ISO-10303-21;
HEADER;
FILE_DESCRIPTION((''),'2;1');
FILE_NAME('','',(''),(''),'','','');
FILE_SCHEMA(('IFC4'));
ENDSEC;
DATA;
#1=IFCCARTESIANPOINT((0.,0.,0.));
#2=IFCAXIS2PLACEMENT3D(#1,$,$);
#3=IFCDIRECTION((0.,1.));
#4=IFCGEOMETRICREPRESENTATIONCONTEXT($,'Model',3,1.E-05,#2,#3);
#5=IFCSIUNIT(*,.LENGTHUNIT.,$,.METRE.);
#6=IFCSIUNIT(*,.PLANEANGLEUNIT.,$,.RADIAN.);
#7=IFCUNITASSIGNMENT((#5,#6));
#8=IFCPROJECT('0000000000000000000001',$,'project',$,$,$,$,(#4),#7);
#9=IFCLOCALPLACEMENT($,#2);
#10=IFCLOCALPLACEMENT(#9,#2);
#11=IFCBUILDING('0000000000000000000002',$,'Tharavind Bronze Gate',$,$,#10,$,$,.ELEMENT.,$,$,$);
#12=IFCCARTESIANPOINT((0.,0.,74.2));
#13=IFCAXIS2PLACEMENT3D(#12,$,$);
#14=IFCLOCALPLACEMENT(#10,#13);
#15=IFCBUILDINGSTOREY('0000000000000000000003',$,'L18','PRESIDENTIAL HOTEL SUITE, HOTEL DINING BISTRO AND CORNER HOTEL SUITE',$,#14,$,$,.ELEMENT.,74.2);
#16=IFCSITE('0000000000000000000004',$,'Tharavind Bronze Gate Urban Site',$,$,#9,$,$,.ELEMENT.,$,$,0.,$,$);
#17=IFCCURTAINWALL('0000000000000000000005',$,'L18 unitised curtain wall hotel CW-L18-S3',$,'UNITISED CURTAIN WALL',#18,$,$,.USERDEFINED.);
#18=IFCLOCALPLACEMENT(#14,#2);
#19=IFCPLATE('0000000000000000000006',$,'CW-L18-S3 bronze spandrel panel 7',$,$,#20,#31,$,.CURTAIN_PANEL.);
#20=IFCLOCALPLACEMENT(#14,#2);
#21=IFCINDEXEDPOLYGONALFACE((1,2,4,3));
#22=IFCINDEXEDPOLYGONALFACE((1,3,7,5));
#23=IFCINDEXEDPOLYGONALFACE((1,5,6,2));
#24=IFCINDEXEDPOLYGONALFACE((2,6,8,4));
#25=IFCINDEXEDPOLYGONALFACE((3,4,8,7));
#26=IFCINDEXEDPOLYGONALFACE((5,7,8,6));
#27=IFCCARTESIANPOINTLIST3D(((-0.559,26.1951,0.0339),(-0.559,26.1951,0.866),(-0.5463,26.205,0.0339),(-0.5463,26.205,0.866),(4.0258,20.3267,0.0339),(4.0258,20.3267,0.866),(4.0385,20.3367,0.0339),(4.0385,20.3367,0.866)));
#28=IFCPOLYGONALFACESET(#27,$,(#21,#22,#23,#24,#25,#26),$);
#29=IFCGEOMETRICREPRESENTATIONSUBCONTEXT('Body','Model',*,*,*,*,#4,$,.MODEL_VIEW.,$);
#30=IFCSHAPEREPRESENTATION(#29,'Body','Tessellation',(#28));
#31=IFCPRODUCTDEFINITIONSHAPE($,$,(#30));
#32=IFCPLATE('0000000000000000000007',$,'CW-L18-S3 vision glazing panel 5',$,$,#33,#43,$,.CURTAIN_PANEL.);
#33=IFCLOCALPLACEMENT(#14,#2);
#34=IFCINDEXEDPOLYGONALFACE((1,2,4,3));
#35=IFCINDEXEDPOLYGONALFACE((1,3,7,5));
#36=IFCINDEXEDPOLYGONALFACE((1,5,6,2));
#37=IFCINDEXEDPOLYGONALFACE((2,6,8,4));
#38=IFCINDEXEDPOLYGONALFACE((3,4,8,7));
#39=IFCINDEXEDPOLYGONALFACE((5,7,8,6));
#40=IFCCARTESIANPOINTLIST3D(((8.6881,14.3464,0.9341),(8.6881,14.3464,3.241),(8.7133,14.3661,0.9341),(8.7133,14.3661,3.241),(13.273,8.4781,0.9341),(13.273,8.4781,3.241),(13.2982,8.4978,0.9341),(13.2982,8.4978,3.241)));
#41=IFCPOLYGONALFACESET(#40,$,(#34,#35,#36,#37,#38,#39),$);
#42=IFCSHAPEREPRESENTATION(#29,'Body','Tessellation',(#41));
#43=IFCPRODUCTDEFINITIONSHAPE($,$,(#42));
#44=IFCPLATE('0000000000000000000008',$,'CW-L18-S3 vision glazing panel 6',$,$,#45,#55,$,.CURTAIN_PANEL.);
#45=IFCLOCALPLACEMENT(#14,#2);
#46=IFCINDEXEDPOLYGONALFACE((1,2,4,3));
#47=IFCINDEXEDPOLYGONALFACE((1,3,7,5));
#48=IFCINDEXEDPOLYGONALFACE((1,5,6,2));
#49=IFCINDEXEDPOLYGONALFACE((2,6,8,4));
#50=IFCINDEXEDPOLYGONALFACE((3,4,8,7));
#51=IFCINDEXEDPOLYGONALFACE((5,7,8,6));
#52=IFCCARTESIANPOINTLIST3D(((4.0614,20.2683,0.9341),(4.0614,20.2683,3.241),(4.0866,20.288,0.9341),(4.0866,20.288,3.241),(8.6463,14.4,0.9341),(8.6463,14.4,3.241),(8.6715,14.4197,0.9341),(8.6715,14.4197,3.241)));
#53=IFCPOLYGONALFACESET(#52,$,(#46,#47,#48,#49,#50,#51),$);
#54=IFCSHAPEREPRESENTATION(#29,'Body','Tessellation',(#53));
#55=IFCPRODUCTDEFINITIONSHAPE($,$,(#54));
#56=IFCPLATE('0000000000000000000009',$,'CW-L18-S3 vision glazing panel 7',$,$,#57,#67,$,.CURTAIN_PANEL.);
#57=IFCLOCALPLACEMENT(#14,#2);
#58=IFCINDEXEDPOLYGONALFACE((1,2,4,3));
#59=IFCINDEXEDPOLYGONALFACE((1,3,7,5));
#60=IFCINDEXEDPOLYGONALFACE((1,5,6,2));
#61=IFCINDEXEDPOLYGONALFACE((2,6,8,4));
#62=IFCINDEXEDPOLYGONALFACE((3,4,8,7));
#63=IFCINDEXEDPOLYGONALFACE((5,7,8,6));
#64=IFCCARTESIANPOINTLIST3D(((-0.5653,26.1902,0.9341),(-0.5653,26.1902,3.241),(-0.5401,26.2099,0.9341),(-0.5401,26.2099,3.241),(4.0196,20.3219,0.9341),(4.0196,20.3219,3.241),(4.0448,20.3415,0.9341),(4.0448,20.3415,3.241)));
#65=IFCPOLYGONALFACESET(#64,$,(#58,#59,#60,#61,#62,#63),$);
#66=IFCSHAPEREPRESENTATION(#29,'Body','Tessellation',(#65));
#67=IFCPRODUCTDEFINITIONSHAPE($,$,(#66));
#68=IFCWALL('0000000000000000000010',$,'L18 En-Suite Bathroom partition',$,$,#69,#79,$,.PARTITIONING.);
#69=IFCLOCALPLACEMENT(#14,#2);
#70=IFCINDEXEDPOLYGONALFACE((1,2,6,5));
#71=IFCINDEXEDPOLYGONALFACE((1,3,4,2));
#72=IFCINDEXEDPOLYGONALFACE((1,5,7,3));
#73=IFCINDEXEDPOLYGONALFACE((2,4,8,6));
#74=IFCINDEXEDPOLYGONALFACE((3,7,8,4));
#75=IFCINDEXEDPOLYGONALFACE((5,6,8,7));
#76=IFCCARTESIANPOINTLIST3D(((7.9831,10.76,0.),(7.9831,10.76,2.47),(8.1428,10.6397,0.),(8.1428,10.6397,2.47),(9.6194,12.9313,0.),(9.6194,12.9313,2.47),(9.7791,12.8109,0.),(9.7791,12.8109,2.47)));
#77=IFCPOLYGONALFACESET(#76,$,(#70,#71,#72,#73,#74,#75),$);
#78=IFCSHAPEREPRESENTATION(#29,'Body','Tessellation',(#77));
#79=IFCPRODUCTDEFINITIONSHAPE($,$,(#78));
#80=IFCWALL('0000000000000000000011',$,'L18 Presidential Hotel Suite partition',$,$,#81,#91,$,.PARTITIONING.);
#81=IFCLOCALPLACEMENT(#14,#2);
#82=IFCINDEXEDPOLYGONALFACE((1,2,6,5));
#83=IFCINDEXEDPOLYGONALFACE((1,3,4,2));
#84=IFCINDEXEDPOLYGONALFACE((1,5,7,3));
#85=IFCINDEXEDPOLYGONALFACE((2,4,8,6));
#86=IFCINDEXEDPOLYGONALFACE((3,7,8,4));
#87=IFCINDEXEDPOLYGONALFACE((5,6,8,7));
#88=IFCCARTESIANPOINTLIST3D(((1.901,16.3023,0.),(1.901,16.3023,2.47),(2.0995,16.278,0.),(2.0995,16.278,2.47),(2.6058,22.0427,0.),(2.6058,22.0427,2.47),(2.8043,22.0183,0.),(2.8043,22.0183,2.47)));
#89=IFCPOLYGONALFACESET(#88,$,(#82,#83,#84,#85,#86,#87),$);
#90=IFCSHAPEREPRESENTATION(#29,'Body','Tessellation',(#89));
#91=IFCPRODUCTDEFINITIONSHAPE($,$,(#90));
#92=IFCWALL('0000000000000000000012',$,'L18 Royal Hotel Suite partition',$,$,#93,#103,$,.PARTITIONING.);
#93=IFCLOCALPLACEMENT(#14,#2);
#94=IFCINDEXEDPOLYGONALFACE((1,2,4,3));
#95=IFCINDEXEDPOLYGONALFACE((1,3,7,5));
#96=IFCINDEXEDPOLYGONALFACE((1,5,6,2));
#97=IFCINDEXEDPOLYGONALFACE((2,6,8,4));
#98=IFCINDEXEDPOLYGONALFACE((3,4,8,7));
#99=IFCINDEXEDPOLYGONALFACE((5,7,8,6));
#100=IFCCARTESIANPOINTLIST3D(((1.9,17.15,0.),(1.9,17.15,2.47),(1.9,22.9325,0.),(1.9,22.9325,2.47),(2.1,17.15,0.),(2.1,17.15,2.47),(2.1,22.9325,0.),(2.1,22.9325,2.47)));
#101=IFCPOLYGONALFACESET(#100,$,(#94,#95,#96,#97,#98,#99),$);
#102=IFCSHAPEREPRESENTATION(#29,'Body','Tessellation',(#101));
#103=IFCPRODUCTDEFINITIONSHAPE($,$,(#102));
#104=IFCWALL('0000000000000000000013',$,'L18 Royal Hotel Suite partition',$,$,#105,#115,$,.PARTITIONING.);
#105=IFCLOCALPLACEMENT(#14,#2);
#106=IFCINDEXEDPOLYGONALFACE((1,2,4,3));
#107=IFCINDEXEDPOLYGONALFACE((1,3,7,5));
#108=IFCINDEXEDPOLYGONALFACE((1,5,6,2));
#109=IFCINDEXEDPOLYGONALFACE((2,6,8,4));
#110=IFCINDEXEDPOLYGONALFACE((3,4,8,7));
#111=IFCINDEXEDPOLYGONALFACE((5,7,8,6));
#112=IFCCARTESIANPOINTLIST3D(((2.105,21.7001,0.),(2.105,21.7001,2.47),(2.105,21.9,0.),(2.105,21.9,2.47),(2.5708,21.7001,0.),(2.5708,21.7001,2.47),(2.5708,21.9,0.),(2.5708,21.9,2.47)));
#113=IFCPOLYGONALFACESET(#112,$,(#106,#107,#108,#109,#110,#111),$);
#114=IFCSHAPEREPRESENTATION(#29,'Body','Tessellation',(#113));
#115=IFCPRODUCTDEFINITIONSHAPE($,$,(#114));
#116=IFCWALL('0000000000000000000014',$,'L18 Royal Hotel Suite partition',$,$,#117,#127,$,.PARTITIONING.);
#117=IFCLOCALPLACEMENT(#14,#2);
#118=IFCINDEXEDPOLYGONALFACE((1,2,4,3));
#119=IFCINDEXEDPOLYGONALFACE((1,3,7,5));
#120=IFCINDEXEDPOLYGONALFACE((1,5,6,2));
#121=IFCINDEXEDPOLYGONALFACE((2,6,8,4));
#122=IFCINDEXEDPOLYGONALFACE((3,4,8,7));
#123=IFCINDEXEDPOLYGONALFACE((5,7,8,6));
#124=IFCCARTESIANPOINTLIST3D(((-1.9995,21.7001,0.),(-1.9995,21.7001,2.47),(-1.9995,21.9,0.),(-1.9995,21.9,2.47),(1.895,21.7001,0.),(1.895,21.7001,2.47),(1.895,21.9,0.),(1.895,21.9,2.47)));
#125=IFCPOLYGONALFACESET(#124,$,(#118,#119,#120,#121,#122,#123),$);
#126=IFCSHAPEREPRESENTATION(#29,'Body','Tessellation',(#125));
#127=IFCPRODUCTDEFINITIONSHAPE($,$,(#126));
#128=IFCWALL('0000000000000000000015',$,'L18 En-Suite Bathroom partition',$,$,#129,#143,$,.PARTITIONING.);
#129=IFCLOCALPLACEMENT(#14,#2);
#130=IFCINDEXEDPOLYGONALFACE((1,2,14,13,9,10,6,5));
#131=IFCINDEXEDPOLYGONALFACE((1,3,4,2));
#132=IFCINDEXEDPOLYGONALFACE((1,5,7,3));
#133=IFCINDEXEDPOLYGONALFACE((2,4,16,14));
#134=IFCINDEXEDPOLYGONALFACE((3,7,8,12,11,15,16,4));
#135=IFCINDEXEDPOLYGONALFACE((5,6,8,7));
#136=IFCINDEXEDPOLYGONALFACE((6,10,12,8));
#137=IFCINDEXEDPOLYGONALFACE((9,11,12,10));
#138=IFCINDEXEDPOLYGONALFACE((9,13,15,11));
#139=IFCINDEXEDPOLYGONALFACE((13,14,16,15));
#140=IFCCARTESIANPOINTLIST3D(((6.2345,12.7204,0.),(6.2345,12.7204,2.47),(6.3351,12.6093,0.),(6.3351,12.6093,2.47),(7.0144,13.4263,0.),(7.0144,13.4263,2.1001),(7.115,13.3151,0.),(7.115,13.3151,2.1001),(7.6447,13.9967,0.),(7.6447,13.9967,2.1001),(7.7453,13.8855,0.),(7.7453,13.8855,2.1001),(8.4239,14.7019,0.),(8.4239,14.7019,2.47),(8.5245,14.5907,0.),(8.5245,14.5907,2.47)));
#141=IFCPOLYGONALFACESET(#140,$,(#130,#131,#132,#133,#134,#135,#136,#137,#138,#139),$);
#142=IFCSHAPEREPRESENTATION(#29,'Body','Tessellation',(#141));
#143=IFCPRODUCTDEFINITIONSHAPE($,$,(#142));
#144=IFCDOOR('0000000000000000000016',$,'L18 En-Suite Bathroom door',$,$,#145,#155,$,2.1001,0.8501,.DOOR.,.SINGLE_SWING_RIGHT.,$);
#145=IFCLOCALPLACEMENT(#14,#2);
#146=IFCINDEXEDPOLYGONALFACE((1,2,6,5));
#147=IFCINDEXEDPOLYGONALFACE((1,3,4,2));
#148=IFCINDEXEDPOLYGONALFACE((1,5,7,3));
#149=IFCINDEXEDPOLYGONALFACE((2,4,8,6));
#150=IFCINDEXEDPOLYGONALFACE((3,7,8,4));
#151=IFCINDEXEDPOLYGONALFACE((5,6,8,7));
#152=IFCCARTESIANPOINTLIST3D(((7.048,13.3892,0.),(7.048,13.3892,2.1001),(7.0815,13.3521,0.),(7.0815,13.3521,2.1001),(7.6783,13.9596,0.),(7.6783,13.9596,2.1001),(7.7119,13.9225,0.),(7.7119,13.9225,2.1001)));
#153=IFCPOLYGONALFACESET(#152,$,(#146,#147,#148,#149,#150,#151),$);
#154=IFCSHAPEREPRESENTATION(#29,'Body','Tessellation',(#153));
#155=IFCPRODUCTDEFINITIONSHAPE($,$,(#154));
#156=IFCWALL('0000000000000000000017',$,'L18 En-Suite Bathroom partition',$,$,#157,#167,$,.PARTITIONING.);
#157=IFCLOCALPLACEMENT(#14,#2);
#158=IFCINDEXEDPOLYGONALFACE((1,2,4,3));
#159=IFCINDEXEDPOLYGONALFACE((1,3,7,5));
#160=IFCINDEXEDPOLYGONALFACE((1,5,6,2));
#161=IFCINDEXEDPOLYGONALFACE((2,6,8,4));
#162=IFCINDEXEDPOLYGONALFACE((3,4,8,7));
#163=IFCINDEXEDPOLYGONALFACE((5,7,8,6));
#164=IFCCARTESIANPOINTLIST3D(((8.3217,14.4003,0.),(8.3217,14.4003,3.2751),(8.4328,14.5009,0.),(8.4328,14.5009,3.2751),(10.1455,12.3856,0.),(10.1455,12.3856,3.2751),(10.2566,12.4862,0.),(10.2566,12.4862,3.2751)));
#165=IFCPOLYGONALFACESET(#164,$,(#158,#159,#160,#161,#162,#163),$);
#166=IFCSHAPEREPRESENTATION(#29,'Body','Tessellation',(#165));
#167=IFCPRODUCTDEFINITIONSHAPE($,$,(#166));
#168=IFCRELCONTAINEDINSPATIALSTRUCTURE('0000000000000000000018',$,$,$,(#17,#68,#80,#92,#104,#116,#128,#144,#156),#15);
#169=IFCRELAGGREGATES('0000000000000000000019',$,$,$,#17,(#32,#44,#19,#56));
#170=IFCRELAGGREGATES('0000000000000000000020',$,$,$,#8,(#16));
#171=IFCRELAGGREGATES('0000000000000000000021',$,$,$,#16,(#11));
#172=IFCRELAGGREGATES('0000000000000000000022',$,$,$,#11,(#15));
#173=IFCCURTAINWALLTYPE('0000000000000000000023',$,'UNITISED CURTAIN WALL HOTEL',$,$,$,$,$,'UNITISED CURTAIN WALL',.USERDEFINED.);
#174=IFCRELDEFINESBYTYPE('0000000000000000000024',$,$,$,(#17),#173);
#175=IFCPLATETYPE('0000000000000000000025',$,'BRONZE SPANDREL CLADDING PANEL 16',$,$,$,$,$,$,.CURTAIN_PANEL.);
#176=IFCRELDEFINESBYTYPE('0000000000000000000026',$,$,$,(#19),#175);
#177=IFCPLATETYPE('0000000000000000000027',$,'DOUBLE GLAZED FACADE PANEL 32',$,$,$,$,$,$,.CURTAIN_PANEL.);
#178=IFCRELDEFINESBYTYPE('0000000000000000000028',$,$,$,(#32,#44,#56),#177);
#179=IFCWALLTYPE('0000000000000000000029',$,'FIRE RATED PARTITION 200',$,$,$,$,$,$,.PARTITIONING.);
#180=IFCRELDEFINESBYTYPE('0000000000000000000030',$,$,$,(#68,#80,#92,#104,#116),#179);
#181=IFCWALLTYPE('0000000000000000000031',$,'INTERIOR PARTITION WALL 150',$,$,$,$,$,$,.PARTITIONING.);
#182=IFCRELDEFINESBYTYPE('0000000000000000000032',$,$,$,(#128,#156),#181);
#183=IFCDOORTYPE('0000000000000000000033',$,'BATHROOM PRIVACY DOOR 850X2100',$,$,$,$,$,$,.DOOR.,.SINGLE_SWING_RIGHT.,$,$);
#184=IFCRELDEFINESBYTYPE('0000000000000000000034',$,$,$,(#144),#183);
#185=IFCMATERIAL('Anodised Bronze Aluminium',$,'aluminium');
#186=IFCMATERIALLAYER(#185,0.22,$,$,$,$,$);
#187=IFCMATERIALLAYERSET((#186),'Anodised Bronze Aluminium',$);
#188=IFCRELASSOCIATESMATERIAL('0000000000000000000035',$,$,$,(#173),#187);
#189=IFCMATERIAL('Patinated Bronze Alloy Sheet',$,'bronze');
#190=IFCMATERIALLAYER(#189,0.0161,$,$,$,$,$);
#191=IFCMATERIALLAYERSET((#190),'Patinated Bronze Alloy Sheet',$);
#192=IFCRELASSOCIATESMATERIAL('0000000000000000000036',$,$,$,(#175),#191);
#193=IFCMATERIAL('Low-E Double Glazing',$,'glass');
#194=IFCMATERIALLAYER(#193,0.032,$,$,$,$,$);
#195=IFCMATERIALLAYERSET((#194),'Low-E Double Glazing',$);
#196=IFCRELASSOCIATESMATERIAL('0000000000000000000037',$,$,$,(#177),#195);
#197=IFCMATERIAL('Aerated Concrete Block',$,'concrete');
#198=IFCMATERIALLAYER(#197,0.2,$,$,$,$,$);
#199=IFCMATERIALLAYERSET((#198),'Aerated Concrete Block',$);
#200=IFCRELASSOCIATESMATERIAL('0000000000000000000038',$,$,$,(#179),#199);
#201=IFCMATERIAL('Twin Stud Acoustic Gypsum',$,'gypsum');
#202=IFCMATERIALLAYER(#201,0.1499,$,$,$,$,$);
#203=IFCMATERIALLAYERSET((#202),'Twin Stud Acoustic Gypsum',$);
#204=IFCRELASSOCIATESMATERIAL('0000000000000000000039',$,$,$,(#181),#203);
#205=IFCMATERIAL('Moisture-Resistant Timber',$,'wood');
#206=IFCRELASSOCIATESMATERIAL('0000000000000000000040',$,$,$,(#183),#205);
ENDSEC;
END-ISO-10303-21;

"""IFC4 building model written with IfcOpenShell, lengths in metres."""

from ifc_helpers import new_model, si_unit, direction, frame, frame_2d, origin, origin_2d, place, context, subcontext, project, spatial, rectangle, extrude, material, layer, layer_set, type_object, element, fill, aggregate, save


model = new_model("IFC4")

# Units and contexts
model_context = context("Model", 3, precision=1e-05, world=origin(), true_north=direction((0.0, 1.0)))
body_context = subcontext(model_context, "Body", "Model", "MODEL_VIEW")
ifc_project = project(units=[si_unit("LENGTHUNIT", "METRE"), si_unit("PLANEANGLEUNIT", "RADIAN")], contexts=[model_context])

# Site, building, storey
site_placement = place(None, origin())
site = spatial("IfcSite", under=ifc_project, at=site_placement, Name="Tharavind Bronze Gate Urban Site", CompositionType="ELEMENT", RefElevation=0.0)
building_placement = place(site_placement, origin())
building = spatial("IfcBuilding", under=site, at=building_placement, Name="Tharavind Bronze Gate", CompositionType="ELEMENT")
storey_placement = place(building_placement, frame((0.0, 0.0, 74.2)))
storey = spatial("IfcBuildingStorey", under=building, at=storey_placement, Name="L18", Description="PRESIDENTIAL HOTEL SUITE, HOTEL DINING BISTRO AND CORNER HOTEL SUITE", CompositionType="ELEMENT", Elevation=74.2)

# Curtain wall
ifc_material_1 = material(Name="Anodised Bronze Aluminium", Category="aluminium")
ifc_layer_1 = layer(ifc_material_1, 0.22)
ifc_layer_set_1 = layer_set([ifc_layer_1], Name="Anodised Bronze Aluminium")
curtain_wall_type = type_object("IfcCurtainWallType", Name="UNITISED CURTAIN WALL HOTEL", ElementType="UNITISED CURTAIN WALL", PredefinedType="USERDEFINED", material=ifc_layer_set_1)
curtain_wall_placement = place(storey_placement, origin())
curtain_wall = element("IfcCurtainWall", 1, at=curtain_wall_placement, inside=storey, type_object=curtain_wall_type, Name="L18 unitised curtain wall hotel CW-L18-S3", ObjectType="UNITISED CURTAIN WALL", PredefinedType="USERDEFINED")

# Plates
ifc_material_2 = material(Name="Patinated Bronze Alloy Sheet", Category="bronze")
ifc_layer_2 = layer(ifc_material_2, 0.0161)
ifc_layer_set_2 = layer_set([ifc_layer_2], Name="Patinated Bronze Alloy Sheet")
plate_type_1 = type_object("IfcPlateType", Name="BRONZE SPANDREL CLADDING PANEL 16", PredefinedType="CURTAIN_PANEL", material=ifc_layer_set_2)
plate_1_placement = place(storey_placement, frame((1.7397, 23.2659, 0.0339), z_axis=(0.0, 0.0, 1.0), x_axis=(-0.615661, 0.788011, 0.0)))
plate_1 = element("IfcPlate", 2, at=plate_1_placement, type_object=plate_type_1, Name="CW-L18-S3 bronze spandrel panel 7", PredefinedType="CURTAIN_PANEL", context=body_context, shape_type="SweptSolid", body=[
    extrude(rectangle(XDim=7.447, YDim=0.0161, at=origin_2d()), origin(), (0.0, 0.0, 1.0), 0.832),
])
ifc_material_3 = material(Name="Low-E Double Glazing", Category="glass")
ifc_layer_3 = layer(ifc_material_3, 0.032)
ifc_layer_set_3 = layer_set([ifc_layer_3], Name="Low-E Double Glazing")
plate_type_2 = type_object("IfcPlateType", Name="DOUBLE GLAZED FACADE PANEL 32", PredefinedType="CURTAIN_PANEL", material=ifc_layer_set_3)
plate_2_placement = place(storey_placement, frame((10.9932, 11.4221, 0.9341), z_axis=(0.0, 0.0, 1.0), x_axis=(-0.615661, 0.788011, 0.0)))
plate_2 = element("IfcPlate", 3, at=plate_2_placement, type_object=plate_type_2, Name="CW-L18-S3 vision glazing panel 5", PredefinedType="CURTAIN_PANEL", context=body_context, shape_type="SweptSolid", body=[
    extrude(rectangle(XDim=7.447, YDim=0.032, at=origin_2d()), origin(), (0.0, 0.0, 1.0), 2.3069),
])
plate_3_placement = place(storey_placement, frame((6.3665, 17.344, 0.9341), z_axis=(0.0, 0.0, 1.0), x_axis=(-0.615661, 0.788011, 0.0)))
plate_3 = element("IfcPlate", 4, at=plate_3_placement, type_object=plate_type_2, Name="CW-L18-S3 vision glazing panel 6", PredefinedType="CURTAIN_PANEL", context=body_context, shape_type="SweptSolid", body=[
    extrude(rectangle(XDim=7.447, YDim=0.032, at=origin_2d()), origin(), (0.0, 0.0, 1.0), 2.3069),
])
plate_4_placement = place(storey_placement, frame((1.7397, 23.2659, 0.9341), z_axis=(0.0, 0.0, 1.0), x_axis=(-0.615661, 0.788011, 0.0)))
plate_4 = element("IfcPlate", 5, at=plate_4_placement, type_object=plate_type_2, Name="CW-L18-S3 vision glazing panel 7", PredefinedType="CURTAIN_PANEL", context=body_context, shape_type="SweptSolid", body=[
    extrude(rectangle(XDim=7.447, YDim=0.032, at=origin_2d()), origin(), (0.0, 0.0, 1.0), 2.3069),
])
aggregate(curtain_wall, [plate_2, plate_3, plate_1, plate_4])

# Walls
ifc_material_4 = material(Name="Aerated Concrete Block", Category="concrete")
ifc_layer_4 = layer(ifc_material_4, 0.2)
ifc_layer_set_4 = layer_set([ifc_layer_4], Name="Aerated Concrete Block")
wall_type_1 = type_object("IfcWallType", Name="FIRE RATED PARTITION 200", PredefinedType="PARTITIONING", material=ifc_layer_set_4)
wall_1_placement = place(storey_placement, frame((9.6992, 12.8711, 0.0), z_axis=(0.0, 0.0, 1.0), x_axis=(-0.601852, -0.798608, 0.0)))
element("IfcWall", 6, at=wall_1_placement, inside=storey, type_object=wall_type_1, Name="L18 En-Suite Bathroom partition", PredefinedType="PARTITIONING", context=body_context, shape_type="SweptSolid", body=[
    extrude(rectangle(XDim=2.7188, YDim=0.2, at=frame_2d((1.3594, 0.0))), origin(), (0.0, 0.0, 1.0), 2.47),
])
wall_2_placement = place(storey_placement, frame((2.0002, 16.2903, 0.0), z_axis=(0.0, 0.0, 1.0), x_axis=(0.121873, 0.992546, 0.0)))
element("IfcWall", 7, at=wall_2_placement, inside=storey, type_object=wall_type_1, Name="L18 Presidential Hotel Suite partition", PredefinedType="PARTITIONING", context=body_context, shape_type="SweptSolid", body=[
    extrude(rectangle(XDim=5.7834, YDim=0.2, at=frame_2d((2.8916, 0.0))), origin(), (0.0, 0.0, 1.0), 2.47),
])
wall_3_placement = place(storey_placement, frame((2.0, 17.1501, 0.0), z_axis=(0.0, 0.0, 1.0), x_axis=(0.0, 1.0, 0.0)))
element("IfcWall", 8, at=wall_3_placement, inside=storey, type_object=wall_type_1, Name="L18 Royal Hotel Suite partition", PredefinedType="PARTITIONING", context=body_context, shape_type="SweptSolid", body=[
    extrude(rectangle(XDim=5.7825, YDim=0.2, at=frame_2d((2.8911, 0.0))), origin(), (0.0, 0.0, 1.0), 2.47),
])
wall_4_placement = place(storey_placement, frame((2.5708, 21.8, 0.0), z_axis=(0.0, 0.0, 1.0), x_axis=(-1.0, 0.0, 0.0)))
element("IfcWall", 9, at=wall_4_placement, inside=storey, type_object=wall_type_1, Name="L18 Royal Hotel Suite partition", PredefinedType="PARTITIONING", context=body_context, shape_type="SweptSolid", body=[
    extrude(rectangle(XDim=0.4658, YDim=0.2, at=frame_2d((0.2329, 0.0))), origin(), (0.0, 0.0, 1.0), 2.47),
])
wall_5_placement = place(storey_placement, frame((1.895, 21.8, 0.0), z_axis=(0.0, 0.0, 1.0), x_axis=(-1.0, 0.0, 0.0)))
element("IfcWall", 10, at=wall_5_placement, inside=storey, type_object=wall_type_1, Name="L18 Royal Hotel Suite partition", PredefinedType="PARTITIONING", context=body_context, shape_type="SweptSolid", body=[
    extrude(rectangle(XDim=3.8945, YDim=0.2, at=frame_2d((1.9473, 0.0))), origin(), (0.0, 0.0, 1.0), 2.47),
])

# Wall, opening, door
ifc_material_5 = material(Name="Twin Stud Acoustic Gypsum", Category="gypsum")
ifc_layer_5 = layer(ifc_material_5, 0.1499)
ifc_layer_set_5 = layer_set([ifc_layer_5], Name="Twin Stud Acoustic Gypsum")
wall_type_2 = type_object("IfcWallType", Name="INTERIOR PARTITION WALL 150", PredefinedType="PARTITIONING", material=ifc_layer_set_5)
wall_6_placement = place(storey_placement, frame((6.2847, 12.6648, 0.0), z_axis=(0.0, 0.0, 1.0), x_axis=(0.74145, 0.671009, 0.0)))
wall_6 = element("IfcWall", 11, at=wall_6_placement, inside=storey, type_object=wall_type_2, Name="L18 En-Suite Bathroom partition", PredefinedType="PARTITIONING", context=body_context, shape_type="SweptSolid", body=[
    extrude(rectangle(XDim=2.9529, YDim=0.1499, at=frame_2d((1.4766, 0.0))), origin(), (0.0, 0.0, 1.0), 2.47),
])
opening_placement = place(wall_6_placement, frame((1.052, 0.0, 0.0)))
opening = element("IfcOpeningElement", 12, at=opening_placement, cuts=wall_6, PredefinedType="OPENING", context=body_context, shape_type="SweptSolid", body=[
    extrude(rectangle(XDim=0.8501, YDim=2.1001, at=frame_2d((0.425, 1.05))), frame((0.0, 0.085, 0.0), z_axis=(0.0, -1.0, 0.0), x_axis=(1.0, 0.0, 0.0)), (0.0, 0.0, 1.0), 0.1699),
])
ifc_material_6 = material(Name="Moisture-Resistant Timber", Category="wood")
door_type = type_object("IfcDoorType", Name="BATHROOM PRIVACY DOOR 850X2100", OperationType="SINGLE_SWING_RIGHT", PredefinedType="DOOR", material=ifc_material_6)
door_placement = place(opening_placement, origin())
door = element("IfcDoor", 13, at=door_placement, inside=storey, type_object=door_type, Name="L18 En-Suite Bathroom door", OperationType="SINGLE_SWING_RIGHT", OverallHeight=2.1001, OverallWidth=0.8501, PredefinedType="DOOR", context=body_context, shape_type="SweptSolid", body=[
    extrude(rectangle(XDim=0.8501, YDim=2.1001, at=frame_2d((0.425, 1.05))), frame((0.0, 0.0249, 0.0), z_axis=(0.0, -1.0, 0.0), x_axis=(1.0, 0.0, 0.0)), (0.0, 0.0, 1.0), 0.05),
])
fill(opening, door)

# Wall
wall_7_placement = place(storey_placement, frame((8.3772, 14.4507, 0.0), z_axis=(0.0, 0.0, 1.0), x_axis=(0.671106, -0.741361, 0.0)))
element("IfcWall", 14, at=wall_7_placement, inside=storey, type_object=wall_type_2, Name="L18 En-Suite Bathroom partition", PredefinedType="PARTITIONING", context=body_context, shape_type="SweptSolid", body=[
    extrude(rectangle(XDim=2.7175, YDim=0.1499, at=frame_2d((1.3589, 0.0))), origin(), (0.0, 0.0, 1.0), 3.2751),
])

save(model, "model.ifc")
